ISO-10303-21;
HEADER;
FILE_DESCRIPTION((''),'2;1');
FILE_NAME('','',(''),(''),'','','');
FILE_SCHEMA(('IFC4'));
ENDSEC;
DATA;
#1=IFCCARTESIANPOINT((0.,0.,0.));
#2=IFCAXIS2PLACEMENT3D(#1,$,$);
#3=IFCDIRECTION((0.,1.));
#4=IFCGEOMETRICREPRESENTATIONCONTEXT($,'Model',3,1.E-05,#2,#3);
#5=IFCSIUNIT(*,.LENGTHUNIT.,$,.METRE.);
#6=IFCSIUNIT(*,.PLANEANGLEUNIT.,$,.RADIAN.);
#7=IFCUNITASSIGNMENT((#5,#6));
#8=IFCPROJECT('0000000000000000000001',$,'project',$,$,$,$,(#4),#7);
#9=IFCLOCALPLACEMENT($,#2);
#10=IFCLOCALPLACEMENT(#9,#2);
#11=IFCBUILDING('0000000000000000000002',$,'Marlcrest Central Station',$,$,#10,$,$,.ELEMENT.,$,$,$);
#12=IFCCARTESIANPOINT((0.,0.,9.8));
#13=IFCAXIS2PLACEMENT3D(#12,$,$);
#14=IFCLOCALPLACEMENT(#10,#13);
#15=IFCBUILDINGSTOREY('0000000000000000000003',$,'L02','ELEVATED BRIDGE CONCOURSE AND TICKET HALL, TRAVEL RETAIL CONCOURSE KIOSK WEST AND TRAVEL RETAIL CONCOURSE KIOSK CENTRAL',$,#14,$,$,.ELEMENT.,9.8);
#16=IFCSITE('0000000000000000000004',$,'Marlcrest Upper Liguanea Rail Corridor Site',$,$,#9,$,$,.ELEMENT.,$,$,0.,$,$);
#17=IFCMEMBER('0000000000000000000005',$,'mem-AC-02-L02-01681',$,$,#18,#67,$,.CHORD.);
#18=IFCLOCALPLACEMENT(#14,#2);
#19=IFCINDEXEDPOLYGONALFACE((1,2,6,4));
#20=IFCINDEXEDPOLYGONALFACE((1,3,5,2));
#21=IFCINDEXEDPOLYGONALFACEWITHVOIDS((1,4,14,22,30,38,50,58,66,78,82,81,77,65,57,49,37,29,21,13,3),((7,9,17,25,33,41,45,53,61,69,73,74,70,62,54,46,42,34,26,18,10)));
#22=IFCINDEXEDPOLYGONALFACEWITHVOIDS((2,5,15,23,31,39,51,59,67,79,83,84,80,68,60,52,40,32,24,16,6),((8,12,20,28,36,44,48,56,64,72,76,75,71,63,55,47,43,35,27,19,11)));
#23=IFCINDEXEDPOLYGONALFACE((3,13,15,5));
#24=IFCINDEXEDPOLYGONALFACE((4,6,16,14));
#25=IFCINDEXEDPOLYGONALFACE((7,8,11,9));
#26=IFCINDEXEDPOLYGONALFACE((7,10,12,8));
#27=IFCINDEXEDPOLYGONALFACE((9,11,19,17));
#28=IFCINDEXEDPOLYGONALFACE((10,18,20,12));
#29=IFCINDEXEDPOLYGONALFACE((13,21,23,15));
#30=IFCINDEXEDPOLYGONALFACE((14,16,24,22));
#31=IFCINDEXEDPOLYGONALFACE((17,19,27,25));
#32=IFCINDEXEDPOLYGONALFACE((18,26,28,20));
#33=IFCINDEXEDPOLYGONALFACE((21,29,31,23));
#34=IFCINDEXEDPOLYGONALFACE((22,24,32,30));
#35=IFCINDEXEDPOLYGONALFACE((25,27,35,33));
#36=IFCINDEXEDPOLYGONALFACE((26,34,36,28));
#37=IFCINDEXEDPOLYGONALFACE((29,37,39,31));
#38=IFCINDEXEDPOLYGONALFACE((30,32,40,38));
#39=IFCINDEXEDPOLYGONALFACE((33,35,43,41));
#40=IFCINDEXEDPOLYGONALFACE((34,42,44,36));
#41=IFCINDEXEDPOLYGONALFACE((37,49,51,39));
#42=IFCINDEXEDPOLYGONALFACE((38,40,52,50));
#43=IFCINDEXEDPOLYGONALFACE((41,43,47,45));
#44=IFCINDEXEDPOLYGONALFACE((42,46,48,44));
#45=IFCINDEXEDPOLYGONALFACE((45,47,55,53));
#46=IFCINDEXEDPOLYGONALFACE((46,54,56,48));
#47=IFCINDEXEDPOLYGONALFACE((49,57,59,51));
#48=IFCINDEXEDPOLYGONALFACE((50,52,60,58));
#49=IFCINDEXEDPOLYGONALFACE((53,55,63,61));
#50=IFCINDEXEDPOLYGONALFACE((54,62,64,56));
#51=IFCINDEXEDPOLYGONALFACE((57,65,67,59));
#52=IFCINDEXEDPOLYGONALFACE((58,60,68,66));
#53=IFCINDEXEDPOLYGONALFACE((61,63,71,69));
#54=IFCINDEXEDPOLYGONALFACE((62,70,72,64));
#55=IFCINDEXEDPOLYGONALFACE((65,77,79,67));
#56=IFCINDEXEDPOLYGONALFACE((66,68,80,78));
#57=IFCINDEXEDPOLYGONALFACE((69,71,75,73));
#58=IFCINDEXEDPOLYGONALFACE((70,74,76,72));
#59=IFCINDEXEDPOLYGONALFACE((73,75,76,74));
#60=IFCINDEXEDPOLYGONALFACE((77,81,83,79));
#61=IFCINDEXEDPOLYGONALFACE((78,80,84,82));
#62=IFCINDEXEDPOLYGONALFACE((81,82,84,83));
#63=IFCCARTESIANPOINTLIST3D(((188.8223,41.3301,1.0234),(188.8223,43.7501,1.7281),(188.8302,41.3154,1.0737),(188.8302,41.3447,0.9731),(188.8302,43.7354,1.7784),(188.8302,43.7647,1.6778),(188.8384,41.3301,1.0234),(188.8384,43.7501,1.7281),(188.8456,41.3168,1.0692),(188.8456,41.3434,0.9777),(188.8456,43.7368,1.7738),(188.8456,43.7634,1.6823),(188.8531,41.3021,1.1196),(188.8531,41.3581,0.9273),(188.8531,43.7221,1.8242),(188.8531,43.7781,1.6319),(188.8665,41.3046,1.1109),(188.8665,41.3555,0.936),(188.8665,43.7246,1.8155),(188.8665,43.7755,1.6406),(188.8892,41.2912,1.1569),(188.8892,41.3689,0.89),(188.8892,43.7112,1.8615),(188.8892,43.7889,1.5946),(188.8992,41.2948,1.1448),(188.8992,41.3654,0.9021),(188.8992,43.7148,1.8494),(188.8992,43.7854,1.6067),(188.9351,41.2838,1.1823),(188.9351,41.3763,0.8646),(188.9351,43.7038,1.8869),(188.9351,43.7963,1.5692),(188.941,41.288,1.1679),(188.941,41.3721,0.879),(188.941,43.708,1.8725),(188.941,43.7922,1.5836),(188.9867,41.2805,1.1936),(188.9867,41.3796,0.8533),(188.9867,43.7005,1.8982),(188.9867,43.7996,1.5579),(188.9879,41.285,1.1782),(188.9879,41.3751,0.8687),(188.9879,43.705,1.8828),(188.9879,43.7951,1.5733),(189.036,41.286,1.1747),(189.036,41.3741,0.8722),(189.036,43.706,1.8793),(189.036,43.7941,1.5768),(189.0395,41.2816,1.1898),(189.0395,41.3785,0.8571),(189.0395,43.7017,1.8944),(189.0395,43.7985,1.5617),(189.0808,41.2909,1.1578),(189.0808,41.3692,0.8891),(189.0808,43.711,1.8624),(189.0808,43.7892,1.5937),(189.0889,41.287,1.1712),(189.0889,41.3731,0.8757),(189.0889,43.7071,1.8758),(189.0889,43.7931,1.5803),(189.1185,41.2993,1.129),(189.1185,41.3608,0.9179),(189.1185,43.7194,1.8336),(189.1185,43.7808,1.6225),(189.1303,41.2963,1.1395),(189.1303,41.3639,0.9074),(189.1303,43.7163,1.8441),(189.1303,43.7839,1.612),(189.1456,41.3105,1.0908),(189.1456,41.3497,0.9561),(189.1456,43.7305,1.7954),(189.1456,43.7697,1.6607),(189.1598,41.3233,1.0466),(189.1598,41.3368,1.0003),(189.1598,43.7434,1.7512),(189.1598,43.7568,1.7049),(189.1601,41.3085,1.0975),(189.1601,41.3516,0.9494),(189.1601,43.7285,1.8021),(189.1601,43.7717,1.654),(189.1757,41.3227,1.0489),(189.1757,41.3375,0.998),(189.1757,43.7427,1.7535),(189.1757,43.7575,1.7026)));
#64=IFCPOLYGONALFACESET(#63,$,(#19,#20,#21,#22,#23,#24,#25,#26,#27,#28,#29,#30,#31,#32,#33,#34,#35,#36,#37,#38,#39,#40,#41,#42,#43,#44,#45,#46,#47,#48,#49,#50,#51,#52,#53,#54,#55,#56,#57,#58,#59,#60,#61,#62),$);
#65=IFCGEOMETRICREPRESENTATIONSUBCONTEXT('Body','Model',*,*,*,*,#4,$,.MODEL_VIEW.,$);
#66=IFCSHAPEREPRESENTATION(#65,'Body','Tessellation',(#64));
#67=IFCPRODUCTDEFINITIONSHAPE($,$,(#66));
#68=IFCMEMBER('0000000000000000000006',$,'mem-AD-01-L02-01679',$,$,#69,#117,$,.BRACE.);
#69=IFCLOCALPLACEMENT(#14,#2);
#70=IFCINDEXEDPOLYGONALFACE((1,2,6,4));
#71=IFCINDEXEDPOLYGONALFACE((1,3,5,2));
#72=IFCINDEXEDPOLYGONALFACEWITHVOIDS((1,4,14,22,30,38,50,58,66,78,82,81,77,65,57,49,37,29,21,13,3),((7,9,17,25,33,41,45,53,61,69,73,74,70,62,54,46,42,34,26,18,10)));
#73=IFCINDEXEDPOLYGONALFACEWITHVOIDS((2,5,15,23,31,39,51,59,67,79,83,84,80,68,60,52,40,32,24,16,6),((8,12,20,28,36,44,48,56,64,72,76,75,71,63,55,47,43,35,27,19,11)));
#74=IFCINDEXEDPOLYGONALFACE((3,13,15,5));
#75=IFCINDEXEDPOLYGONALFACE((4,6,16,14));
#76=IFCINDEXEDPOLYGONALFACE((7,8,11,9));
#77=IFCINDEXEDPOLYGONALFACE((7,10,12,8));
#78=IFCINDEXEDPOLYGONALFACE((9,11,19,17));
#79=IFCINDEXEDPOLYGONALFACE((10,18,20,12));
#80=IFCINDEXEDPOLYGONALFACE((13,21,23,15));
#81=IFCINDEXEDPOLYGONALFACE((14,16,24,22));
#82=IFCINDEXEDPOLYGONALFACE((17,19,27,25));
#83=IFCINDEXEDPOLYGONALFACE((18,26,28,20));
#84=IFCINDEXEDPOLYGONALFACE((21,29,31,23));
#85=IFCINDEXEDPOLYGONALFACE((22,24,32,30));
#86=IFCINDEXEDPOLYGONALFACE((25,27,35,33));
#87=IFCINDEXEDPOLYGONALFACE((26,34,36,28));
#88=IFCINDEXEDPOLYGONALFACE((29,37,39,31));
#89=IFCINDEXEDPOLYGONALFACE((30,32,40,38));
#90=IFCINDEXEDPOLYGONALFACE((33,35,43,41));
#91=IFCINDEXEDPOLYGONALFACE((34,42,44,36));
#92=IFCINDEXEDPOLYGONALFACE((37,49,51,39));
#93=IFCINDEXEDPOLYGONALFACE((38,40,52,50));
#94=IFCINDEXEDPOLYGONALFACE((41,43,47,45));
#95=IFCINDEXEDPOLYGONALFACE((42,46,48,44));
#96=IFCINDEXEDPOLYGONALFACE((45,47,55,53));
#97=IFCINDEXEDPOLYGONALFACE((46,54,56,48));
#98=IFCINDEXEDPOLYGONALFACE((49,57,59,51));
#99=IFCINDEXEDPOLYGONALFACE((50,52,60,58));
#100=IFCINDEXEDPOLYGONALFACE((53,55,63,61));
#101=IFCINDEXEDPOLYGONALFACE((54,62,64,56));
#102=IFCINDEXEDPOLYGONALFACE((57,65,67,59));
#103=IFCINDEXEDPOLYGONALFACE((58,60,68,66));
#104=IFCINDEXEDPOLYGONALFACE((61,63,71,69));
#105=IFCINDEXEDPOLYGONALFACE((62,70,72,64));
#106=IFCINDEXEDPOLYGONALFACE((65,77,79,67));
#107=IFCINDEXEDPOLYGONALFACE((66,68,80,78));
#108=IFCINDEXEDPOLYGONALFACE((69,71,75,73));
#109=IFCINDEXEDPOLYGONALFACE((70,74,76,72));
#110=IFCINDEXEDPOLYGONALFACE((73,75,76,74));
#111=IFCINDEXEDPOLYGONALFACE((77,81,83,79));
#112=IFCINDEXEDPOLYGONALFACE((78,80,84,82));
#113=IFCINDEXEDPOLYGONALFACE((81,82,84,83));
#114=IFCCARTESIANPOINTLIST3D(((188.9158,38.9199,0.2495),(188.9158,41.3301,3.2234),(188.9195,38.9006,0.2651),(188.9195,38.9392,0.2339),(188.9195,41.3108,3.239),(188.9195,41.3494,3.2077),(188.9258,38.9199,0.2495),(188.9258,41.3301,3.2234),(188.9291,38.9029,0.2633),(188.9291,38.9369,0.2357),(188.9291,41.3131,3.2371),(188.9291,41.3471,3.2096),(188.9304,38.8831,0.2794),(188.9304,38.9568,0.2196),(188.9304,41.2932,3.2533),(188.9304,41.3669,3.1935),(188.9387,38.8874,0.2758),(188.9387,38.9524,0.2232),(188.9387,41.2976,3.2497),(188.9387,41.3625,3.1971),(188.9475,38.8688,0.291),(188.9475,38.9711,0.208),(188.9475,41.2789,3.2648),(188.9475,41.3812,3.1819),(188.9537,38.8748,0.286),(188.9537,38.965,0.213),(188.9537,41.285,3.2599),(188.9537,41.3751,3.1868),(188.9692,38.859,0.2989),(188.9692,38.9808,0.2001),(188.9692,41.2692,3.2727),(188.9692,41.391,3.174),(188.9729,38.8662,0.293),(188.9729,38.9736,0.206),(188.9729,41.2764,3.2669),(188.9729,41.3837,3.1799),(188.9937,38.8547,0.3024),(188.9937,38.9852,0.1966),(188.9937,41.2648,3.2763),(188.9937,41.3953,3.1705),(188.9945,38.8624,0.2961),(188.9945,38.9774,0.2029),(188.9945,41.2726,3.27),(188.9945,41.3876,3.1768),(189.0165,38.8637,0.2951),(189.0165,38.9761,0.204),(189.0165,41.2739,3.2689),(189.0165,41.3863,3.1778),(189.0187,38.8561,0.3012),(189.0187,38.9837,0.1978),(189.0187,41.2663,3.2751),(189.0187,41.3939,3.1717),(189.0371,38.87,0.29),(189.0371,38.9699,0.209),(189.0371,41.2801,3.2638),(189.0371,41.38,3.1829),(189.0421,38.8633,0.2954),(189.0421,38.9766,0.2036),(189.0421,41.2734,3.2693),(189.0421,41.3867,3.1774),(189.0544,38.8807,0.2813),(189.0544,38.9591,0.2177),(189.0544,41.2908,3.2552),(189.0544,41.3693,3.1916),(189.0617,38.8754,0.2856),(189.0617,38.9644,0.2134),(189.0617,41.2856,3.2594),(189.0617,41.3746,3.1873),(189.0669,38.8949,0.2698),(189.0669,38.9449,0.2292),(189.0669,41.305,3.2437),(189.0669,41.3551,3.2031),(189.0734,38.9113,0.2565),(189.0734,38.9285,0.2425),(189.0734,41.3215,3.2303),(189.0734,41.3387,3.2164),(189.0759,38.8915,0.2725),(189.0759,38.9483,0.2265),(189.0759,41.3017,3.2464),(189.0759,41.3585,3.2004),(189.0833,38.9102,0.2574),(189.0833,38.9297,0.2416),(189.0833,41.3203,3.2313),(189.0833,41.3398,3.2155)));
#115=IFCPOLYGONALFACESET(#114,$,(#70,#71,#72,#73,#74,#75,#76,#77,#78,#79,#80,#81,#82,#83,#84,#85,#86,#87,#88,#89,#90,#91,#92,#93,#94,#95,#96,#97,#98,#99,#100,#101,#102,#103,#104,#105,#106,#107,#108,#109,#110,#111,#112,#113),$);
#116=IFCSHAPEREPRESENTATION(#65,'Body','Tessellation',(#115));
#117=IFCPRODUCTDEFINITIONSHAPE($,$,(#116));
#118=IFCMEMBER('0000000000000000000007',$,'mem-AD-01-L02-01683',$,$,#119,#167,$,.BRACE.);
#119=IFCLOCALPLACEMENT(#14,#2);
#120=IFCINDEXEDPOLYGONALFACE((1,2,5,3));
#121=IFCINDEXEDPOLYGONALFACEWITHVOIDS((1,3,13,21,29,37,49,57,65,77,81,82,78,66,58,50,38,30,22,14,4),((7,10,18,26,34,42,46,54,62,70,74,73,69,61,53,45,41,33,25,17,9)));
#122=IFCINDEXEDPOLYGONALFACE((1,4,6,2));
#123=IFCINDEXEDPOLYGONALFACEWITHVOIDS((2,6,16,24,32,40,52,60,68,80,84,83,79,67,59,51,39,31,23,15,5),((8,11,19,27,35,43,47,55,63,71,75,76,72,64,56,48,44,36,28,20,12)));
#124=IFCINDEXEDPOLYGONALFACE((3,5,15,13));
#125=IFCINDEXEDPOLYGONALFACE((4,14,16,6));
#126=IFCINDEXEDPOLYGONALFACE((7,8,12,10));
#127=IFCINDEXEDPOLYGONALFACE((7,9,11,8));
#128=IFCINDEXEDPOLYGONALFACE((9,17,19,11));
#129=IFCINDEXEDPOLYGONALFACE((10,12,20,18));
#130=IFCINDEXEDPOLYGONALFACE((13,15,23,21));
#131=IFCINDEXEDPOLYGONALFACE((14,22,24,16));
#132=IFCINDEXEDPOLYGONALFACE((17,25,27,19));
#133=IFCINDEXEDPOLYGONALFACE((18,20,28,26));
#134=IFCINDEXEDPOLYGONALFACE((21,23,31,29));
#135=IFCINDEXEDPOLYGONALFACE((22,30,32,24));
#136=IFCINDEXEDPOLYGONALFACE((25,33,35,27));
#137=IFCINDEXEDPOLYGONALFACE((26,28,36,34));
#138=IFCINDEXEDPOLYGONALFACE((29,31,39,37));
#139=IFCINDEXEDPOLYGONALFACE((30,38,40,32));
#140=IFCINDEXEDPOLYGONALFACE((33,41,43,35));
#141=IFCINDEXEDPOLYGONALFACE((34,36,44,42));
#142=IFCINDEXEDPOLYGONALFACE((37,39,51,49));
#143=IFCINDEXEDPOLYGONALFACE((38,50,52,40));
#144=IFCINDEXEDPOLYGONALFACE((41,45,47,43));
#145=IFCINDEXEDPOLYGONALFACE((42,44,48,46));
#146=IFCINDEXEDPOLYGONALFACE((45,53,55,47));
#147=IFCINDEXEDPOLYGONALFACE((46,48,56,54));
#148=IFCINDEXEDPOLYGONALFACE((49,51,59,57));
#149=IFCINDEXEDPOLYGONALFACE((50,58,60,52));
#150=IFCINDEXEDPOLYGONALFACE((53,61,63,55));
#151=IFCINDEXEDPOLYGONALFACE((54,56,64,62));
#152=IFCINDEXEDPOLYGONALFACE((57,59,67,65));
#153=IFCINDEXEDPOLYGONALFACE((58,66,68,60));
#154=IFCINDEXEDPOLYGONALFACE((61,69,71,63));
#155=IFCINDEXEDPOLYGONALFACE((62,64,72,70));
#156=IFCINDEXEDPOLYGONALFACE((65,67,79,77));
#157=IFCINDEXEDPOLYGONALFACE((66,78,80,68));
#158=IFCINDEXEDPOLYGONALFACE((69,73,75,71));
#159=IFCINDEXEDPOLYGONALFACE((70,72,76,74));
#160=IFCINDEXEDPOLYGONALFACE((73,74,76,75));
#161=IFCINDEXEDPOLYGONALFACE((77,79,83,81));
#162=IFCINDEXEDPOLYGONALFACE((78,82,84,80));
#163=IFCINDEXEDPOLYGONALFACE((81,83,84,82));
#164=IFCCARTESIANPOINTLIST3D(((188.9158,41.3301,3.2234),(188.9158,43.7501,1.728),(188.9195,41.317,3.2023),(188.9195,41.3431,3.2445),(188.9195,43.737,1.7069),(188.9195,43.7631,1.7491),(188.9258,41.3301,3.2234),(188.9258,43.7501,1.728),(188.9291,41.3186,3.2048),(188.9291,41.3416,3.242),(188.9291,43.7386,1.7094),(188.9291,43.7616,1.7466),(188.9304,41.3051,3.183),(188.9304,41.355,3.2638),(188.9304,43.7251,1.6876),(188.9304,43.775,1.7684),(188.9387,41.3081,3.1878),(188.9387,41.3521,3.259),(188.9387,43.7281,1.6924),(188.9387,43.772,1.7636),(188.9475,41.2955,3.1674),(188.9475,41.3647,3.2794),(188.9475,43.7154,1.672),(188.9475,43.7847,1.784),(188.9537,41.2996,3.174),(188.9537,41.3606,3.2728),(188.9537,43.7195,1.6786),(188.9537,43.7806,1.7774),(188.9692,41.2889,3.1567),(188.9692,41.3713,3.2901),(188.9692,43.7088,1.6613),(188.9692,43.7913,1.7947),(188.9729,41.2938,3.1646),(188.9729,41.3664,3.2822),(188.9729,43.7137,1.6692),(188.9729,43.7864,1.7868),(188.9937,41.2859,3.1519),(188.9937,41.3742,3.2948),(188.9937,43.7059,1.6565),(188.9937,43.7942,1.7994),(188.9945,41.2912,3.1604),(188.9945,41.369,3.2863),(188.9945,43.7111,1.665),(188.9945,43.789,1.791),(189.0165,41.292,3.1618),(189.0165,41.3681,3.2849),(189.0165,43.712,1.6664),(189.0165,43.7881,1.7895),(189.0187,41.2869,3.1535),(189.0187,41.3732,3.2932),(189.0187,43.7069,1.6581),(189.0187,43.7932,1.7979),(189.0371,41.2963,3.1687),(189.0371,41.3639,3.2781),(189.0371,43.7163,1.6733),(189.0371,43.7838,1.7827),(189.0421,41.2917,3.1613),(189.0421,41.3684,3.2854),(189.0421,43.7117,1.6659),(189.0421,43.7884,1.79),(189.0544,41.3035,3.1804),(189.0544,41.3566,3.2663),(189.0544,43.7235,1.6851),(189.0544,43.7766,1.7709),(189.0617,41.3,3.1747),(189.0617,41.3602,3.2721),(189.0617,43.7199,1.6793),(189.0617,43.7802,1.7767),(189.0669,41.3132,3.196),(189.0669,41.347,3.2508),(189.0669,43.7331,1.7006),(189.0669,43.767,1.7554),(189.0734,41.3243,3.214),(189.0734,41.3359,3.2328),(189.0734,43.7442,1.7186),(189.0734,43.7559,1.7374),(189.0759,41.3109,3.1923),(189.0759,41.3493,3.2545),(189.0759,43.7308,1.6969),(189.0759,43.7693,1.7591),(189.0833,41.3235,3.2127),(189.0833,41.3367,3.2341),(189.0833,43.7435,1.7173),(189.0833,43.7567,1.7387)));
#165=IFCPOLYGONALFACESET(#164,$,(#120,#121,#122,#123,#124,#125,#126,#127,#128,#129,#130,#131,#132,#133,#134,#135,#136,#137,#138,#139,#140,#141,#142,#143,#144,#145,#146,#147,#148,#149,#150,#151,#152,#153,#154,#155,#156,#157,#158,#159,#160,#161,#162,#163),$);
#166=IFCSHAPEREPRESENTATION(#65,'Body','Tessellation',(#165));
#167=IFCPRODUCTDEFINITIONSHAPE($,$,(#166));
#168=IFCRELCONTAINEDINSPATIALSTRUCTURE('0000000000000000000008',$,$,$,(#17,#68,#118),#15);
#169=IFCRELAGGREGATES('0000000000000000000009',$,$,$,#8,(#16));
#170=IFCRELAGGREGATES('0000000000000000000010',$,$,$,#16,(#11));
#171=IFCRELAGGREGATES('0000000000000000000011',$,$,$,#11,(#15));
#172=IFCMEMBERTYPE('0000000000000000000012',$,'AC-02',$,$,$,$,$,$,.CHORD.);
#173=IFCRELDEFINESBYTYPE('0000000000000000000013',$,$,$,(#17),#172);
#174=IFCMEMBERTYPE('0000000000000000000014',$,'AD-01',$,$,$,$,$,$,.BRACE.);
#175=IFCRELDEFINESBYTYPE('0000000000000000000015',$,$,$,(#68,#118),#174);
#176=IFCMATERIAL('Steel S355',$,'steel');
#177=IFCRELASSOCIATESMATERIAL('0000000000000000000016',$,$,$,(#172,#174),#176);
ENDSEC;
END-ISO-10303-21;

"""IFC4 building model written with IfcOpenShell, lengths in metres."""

from ifc_helpers import new_model, si_unit, direction, frame, origin, origin_2d, place, context, subcontext, project, spatial, hollow_circle, extrude, material, material_profile, profile_set, type_object, element, save


model = new_model("IFC4")

# Units and contexts
model_context = context("Model", 3, precision=1e-05, world=origin(), true_north=direction((0.0, 1.0)))
body_context = subcontext(model_context, "Body", "Model", "MODEL_VIEW")
ifc_project = project(units=[si_unit("LENGTHUNIT", "METRE"), si_unit("PLANEANGLEUNIT", "RADIAN")], contexts=[model_context])

# Site, building, storey
site_placement = place(None, origin())
site = spatial("IfcSite", under=ifc_project, at=site_placement, Name="Marlcrest Upper Liguanea Rail Corridor Site", CompositionType="ELEMENT", RefElevation=0.0)
building_placement = place(site_placement, origin())
building = spatial("IfcBuilding", under=site, at=building_placement, Name="Marlcrest Central Station", CompositionType="ELEMENT")
storey_placement = place(building_placement, frame((0.0, 0.0, 9.8)))
storey = spatial("IfcBuildingStorey", under=building, at=storey_placement, Name="L02", Description="ELEVATED BRIDGE CONCOURSE AND TICKET HALL, TRAVEL RETAIL CONCOURSE KIOSK WEST AND TRAVEL RETAIL CONCOURSE KIOSK CENTRAL", CompositionType="ELEMENT", Elevation=9.8)

# Members
ifc_material_1 = material(Name="Steel S355", Category="steel")
ifc_material_profile_1 = material_profile(ifc_material_1, hollow_circle(Radius=0.1777, WallThickness=0.0161, at=origin_2d()), Name="CHS 355.6x16")
ifc_profile_set_1 = profile_set([ifc_material_profile_1], Name="Steel S355")
member_type_1 = type_object("IfcMemberType", Name="AC-02", PredefinedType="CHORD", material=ifc_profile_set_1)
member_1_placement = place(storey_placement, frame((189.0, 41.3301, 1.0234), z_axis=(0.0, 0.96013, 0.279554), x_axis=(-1.0, 0.0, 0.0)))
element("IfcMember", 1, at=member_1_placement, inside=storey, type_object=member_type_1, Name="mem-AC-02-L02-01681", PredefinedType="CHORD", context=body_context, shape_type="SweptSolid", body=[
    extrude(hollow_circle(Radius=0.1777, WallThickness=0.0161, at=origin_2d()), origin(), (0.0, 0.0, 1.0), 2.5205),
])
ifc_material_profile_2 = material_profile(ifc_material_1, hollow_circle(Radius=0.0842, WallThickness=0.01, at=origin_2d()), Name="CHS 168.3x10")
ifc_profile_set_2 = profile_set([ifc_material_profile_2], Name="Steel S355")
member_type_2 = type_object("IfcMemberType", Name="AD-01", PredefinedType="BRACE", material=ifc_profile_set_2)
member_2_placement = place(storey_placement, frame((189.0, 38.9199, 0.2495), z_axis=(0.0, 0.629629, 0.776896), x_axis=(-1.0, 0.0, 0.0)))
element("IfcMember", 2, at=member_2_placement, inside=storey, type_object=member_type_2, Name="mem-AD-01-L02-01679", PredefinedType="BRACE", context=body_context, shape_type="SweptSolid", body=[
    extrude(hollow_circle(Radius=0.0842, WallThickness=0.01, at=origin_2d()), origin(), (0.0, 0.0, 1.0), 3.8279),
])
member_3_placement = place(storey_placement, frame((189.0, 41.3301, 3.2234), z_axis=(0.0, 0.850687, -0.525672), x_axis=(-1.0, 0.0, 0.0)))
element("IfcMember", 3, at=member_3_placement, inside=storey, type_object=member_type_2, Name="mem-AD-01-L02-01683", PredefinedType="BRACE", context=body_context, shape_type="SweptSolid", body=[
    extrude(hollow_circle(Radius=0.0842, WallThickness=0.01, at=origin_2d()), origin(), (0.0, 0.0, 1.0), 2.8447),
])

save(model, "model.ifc")
